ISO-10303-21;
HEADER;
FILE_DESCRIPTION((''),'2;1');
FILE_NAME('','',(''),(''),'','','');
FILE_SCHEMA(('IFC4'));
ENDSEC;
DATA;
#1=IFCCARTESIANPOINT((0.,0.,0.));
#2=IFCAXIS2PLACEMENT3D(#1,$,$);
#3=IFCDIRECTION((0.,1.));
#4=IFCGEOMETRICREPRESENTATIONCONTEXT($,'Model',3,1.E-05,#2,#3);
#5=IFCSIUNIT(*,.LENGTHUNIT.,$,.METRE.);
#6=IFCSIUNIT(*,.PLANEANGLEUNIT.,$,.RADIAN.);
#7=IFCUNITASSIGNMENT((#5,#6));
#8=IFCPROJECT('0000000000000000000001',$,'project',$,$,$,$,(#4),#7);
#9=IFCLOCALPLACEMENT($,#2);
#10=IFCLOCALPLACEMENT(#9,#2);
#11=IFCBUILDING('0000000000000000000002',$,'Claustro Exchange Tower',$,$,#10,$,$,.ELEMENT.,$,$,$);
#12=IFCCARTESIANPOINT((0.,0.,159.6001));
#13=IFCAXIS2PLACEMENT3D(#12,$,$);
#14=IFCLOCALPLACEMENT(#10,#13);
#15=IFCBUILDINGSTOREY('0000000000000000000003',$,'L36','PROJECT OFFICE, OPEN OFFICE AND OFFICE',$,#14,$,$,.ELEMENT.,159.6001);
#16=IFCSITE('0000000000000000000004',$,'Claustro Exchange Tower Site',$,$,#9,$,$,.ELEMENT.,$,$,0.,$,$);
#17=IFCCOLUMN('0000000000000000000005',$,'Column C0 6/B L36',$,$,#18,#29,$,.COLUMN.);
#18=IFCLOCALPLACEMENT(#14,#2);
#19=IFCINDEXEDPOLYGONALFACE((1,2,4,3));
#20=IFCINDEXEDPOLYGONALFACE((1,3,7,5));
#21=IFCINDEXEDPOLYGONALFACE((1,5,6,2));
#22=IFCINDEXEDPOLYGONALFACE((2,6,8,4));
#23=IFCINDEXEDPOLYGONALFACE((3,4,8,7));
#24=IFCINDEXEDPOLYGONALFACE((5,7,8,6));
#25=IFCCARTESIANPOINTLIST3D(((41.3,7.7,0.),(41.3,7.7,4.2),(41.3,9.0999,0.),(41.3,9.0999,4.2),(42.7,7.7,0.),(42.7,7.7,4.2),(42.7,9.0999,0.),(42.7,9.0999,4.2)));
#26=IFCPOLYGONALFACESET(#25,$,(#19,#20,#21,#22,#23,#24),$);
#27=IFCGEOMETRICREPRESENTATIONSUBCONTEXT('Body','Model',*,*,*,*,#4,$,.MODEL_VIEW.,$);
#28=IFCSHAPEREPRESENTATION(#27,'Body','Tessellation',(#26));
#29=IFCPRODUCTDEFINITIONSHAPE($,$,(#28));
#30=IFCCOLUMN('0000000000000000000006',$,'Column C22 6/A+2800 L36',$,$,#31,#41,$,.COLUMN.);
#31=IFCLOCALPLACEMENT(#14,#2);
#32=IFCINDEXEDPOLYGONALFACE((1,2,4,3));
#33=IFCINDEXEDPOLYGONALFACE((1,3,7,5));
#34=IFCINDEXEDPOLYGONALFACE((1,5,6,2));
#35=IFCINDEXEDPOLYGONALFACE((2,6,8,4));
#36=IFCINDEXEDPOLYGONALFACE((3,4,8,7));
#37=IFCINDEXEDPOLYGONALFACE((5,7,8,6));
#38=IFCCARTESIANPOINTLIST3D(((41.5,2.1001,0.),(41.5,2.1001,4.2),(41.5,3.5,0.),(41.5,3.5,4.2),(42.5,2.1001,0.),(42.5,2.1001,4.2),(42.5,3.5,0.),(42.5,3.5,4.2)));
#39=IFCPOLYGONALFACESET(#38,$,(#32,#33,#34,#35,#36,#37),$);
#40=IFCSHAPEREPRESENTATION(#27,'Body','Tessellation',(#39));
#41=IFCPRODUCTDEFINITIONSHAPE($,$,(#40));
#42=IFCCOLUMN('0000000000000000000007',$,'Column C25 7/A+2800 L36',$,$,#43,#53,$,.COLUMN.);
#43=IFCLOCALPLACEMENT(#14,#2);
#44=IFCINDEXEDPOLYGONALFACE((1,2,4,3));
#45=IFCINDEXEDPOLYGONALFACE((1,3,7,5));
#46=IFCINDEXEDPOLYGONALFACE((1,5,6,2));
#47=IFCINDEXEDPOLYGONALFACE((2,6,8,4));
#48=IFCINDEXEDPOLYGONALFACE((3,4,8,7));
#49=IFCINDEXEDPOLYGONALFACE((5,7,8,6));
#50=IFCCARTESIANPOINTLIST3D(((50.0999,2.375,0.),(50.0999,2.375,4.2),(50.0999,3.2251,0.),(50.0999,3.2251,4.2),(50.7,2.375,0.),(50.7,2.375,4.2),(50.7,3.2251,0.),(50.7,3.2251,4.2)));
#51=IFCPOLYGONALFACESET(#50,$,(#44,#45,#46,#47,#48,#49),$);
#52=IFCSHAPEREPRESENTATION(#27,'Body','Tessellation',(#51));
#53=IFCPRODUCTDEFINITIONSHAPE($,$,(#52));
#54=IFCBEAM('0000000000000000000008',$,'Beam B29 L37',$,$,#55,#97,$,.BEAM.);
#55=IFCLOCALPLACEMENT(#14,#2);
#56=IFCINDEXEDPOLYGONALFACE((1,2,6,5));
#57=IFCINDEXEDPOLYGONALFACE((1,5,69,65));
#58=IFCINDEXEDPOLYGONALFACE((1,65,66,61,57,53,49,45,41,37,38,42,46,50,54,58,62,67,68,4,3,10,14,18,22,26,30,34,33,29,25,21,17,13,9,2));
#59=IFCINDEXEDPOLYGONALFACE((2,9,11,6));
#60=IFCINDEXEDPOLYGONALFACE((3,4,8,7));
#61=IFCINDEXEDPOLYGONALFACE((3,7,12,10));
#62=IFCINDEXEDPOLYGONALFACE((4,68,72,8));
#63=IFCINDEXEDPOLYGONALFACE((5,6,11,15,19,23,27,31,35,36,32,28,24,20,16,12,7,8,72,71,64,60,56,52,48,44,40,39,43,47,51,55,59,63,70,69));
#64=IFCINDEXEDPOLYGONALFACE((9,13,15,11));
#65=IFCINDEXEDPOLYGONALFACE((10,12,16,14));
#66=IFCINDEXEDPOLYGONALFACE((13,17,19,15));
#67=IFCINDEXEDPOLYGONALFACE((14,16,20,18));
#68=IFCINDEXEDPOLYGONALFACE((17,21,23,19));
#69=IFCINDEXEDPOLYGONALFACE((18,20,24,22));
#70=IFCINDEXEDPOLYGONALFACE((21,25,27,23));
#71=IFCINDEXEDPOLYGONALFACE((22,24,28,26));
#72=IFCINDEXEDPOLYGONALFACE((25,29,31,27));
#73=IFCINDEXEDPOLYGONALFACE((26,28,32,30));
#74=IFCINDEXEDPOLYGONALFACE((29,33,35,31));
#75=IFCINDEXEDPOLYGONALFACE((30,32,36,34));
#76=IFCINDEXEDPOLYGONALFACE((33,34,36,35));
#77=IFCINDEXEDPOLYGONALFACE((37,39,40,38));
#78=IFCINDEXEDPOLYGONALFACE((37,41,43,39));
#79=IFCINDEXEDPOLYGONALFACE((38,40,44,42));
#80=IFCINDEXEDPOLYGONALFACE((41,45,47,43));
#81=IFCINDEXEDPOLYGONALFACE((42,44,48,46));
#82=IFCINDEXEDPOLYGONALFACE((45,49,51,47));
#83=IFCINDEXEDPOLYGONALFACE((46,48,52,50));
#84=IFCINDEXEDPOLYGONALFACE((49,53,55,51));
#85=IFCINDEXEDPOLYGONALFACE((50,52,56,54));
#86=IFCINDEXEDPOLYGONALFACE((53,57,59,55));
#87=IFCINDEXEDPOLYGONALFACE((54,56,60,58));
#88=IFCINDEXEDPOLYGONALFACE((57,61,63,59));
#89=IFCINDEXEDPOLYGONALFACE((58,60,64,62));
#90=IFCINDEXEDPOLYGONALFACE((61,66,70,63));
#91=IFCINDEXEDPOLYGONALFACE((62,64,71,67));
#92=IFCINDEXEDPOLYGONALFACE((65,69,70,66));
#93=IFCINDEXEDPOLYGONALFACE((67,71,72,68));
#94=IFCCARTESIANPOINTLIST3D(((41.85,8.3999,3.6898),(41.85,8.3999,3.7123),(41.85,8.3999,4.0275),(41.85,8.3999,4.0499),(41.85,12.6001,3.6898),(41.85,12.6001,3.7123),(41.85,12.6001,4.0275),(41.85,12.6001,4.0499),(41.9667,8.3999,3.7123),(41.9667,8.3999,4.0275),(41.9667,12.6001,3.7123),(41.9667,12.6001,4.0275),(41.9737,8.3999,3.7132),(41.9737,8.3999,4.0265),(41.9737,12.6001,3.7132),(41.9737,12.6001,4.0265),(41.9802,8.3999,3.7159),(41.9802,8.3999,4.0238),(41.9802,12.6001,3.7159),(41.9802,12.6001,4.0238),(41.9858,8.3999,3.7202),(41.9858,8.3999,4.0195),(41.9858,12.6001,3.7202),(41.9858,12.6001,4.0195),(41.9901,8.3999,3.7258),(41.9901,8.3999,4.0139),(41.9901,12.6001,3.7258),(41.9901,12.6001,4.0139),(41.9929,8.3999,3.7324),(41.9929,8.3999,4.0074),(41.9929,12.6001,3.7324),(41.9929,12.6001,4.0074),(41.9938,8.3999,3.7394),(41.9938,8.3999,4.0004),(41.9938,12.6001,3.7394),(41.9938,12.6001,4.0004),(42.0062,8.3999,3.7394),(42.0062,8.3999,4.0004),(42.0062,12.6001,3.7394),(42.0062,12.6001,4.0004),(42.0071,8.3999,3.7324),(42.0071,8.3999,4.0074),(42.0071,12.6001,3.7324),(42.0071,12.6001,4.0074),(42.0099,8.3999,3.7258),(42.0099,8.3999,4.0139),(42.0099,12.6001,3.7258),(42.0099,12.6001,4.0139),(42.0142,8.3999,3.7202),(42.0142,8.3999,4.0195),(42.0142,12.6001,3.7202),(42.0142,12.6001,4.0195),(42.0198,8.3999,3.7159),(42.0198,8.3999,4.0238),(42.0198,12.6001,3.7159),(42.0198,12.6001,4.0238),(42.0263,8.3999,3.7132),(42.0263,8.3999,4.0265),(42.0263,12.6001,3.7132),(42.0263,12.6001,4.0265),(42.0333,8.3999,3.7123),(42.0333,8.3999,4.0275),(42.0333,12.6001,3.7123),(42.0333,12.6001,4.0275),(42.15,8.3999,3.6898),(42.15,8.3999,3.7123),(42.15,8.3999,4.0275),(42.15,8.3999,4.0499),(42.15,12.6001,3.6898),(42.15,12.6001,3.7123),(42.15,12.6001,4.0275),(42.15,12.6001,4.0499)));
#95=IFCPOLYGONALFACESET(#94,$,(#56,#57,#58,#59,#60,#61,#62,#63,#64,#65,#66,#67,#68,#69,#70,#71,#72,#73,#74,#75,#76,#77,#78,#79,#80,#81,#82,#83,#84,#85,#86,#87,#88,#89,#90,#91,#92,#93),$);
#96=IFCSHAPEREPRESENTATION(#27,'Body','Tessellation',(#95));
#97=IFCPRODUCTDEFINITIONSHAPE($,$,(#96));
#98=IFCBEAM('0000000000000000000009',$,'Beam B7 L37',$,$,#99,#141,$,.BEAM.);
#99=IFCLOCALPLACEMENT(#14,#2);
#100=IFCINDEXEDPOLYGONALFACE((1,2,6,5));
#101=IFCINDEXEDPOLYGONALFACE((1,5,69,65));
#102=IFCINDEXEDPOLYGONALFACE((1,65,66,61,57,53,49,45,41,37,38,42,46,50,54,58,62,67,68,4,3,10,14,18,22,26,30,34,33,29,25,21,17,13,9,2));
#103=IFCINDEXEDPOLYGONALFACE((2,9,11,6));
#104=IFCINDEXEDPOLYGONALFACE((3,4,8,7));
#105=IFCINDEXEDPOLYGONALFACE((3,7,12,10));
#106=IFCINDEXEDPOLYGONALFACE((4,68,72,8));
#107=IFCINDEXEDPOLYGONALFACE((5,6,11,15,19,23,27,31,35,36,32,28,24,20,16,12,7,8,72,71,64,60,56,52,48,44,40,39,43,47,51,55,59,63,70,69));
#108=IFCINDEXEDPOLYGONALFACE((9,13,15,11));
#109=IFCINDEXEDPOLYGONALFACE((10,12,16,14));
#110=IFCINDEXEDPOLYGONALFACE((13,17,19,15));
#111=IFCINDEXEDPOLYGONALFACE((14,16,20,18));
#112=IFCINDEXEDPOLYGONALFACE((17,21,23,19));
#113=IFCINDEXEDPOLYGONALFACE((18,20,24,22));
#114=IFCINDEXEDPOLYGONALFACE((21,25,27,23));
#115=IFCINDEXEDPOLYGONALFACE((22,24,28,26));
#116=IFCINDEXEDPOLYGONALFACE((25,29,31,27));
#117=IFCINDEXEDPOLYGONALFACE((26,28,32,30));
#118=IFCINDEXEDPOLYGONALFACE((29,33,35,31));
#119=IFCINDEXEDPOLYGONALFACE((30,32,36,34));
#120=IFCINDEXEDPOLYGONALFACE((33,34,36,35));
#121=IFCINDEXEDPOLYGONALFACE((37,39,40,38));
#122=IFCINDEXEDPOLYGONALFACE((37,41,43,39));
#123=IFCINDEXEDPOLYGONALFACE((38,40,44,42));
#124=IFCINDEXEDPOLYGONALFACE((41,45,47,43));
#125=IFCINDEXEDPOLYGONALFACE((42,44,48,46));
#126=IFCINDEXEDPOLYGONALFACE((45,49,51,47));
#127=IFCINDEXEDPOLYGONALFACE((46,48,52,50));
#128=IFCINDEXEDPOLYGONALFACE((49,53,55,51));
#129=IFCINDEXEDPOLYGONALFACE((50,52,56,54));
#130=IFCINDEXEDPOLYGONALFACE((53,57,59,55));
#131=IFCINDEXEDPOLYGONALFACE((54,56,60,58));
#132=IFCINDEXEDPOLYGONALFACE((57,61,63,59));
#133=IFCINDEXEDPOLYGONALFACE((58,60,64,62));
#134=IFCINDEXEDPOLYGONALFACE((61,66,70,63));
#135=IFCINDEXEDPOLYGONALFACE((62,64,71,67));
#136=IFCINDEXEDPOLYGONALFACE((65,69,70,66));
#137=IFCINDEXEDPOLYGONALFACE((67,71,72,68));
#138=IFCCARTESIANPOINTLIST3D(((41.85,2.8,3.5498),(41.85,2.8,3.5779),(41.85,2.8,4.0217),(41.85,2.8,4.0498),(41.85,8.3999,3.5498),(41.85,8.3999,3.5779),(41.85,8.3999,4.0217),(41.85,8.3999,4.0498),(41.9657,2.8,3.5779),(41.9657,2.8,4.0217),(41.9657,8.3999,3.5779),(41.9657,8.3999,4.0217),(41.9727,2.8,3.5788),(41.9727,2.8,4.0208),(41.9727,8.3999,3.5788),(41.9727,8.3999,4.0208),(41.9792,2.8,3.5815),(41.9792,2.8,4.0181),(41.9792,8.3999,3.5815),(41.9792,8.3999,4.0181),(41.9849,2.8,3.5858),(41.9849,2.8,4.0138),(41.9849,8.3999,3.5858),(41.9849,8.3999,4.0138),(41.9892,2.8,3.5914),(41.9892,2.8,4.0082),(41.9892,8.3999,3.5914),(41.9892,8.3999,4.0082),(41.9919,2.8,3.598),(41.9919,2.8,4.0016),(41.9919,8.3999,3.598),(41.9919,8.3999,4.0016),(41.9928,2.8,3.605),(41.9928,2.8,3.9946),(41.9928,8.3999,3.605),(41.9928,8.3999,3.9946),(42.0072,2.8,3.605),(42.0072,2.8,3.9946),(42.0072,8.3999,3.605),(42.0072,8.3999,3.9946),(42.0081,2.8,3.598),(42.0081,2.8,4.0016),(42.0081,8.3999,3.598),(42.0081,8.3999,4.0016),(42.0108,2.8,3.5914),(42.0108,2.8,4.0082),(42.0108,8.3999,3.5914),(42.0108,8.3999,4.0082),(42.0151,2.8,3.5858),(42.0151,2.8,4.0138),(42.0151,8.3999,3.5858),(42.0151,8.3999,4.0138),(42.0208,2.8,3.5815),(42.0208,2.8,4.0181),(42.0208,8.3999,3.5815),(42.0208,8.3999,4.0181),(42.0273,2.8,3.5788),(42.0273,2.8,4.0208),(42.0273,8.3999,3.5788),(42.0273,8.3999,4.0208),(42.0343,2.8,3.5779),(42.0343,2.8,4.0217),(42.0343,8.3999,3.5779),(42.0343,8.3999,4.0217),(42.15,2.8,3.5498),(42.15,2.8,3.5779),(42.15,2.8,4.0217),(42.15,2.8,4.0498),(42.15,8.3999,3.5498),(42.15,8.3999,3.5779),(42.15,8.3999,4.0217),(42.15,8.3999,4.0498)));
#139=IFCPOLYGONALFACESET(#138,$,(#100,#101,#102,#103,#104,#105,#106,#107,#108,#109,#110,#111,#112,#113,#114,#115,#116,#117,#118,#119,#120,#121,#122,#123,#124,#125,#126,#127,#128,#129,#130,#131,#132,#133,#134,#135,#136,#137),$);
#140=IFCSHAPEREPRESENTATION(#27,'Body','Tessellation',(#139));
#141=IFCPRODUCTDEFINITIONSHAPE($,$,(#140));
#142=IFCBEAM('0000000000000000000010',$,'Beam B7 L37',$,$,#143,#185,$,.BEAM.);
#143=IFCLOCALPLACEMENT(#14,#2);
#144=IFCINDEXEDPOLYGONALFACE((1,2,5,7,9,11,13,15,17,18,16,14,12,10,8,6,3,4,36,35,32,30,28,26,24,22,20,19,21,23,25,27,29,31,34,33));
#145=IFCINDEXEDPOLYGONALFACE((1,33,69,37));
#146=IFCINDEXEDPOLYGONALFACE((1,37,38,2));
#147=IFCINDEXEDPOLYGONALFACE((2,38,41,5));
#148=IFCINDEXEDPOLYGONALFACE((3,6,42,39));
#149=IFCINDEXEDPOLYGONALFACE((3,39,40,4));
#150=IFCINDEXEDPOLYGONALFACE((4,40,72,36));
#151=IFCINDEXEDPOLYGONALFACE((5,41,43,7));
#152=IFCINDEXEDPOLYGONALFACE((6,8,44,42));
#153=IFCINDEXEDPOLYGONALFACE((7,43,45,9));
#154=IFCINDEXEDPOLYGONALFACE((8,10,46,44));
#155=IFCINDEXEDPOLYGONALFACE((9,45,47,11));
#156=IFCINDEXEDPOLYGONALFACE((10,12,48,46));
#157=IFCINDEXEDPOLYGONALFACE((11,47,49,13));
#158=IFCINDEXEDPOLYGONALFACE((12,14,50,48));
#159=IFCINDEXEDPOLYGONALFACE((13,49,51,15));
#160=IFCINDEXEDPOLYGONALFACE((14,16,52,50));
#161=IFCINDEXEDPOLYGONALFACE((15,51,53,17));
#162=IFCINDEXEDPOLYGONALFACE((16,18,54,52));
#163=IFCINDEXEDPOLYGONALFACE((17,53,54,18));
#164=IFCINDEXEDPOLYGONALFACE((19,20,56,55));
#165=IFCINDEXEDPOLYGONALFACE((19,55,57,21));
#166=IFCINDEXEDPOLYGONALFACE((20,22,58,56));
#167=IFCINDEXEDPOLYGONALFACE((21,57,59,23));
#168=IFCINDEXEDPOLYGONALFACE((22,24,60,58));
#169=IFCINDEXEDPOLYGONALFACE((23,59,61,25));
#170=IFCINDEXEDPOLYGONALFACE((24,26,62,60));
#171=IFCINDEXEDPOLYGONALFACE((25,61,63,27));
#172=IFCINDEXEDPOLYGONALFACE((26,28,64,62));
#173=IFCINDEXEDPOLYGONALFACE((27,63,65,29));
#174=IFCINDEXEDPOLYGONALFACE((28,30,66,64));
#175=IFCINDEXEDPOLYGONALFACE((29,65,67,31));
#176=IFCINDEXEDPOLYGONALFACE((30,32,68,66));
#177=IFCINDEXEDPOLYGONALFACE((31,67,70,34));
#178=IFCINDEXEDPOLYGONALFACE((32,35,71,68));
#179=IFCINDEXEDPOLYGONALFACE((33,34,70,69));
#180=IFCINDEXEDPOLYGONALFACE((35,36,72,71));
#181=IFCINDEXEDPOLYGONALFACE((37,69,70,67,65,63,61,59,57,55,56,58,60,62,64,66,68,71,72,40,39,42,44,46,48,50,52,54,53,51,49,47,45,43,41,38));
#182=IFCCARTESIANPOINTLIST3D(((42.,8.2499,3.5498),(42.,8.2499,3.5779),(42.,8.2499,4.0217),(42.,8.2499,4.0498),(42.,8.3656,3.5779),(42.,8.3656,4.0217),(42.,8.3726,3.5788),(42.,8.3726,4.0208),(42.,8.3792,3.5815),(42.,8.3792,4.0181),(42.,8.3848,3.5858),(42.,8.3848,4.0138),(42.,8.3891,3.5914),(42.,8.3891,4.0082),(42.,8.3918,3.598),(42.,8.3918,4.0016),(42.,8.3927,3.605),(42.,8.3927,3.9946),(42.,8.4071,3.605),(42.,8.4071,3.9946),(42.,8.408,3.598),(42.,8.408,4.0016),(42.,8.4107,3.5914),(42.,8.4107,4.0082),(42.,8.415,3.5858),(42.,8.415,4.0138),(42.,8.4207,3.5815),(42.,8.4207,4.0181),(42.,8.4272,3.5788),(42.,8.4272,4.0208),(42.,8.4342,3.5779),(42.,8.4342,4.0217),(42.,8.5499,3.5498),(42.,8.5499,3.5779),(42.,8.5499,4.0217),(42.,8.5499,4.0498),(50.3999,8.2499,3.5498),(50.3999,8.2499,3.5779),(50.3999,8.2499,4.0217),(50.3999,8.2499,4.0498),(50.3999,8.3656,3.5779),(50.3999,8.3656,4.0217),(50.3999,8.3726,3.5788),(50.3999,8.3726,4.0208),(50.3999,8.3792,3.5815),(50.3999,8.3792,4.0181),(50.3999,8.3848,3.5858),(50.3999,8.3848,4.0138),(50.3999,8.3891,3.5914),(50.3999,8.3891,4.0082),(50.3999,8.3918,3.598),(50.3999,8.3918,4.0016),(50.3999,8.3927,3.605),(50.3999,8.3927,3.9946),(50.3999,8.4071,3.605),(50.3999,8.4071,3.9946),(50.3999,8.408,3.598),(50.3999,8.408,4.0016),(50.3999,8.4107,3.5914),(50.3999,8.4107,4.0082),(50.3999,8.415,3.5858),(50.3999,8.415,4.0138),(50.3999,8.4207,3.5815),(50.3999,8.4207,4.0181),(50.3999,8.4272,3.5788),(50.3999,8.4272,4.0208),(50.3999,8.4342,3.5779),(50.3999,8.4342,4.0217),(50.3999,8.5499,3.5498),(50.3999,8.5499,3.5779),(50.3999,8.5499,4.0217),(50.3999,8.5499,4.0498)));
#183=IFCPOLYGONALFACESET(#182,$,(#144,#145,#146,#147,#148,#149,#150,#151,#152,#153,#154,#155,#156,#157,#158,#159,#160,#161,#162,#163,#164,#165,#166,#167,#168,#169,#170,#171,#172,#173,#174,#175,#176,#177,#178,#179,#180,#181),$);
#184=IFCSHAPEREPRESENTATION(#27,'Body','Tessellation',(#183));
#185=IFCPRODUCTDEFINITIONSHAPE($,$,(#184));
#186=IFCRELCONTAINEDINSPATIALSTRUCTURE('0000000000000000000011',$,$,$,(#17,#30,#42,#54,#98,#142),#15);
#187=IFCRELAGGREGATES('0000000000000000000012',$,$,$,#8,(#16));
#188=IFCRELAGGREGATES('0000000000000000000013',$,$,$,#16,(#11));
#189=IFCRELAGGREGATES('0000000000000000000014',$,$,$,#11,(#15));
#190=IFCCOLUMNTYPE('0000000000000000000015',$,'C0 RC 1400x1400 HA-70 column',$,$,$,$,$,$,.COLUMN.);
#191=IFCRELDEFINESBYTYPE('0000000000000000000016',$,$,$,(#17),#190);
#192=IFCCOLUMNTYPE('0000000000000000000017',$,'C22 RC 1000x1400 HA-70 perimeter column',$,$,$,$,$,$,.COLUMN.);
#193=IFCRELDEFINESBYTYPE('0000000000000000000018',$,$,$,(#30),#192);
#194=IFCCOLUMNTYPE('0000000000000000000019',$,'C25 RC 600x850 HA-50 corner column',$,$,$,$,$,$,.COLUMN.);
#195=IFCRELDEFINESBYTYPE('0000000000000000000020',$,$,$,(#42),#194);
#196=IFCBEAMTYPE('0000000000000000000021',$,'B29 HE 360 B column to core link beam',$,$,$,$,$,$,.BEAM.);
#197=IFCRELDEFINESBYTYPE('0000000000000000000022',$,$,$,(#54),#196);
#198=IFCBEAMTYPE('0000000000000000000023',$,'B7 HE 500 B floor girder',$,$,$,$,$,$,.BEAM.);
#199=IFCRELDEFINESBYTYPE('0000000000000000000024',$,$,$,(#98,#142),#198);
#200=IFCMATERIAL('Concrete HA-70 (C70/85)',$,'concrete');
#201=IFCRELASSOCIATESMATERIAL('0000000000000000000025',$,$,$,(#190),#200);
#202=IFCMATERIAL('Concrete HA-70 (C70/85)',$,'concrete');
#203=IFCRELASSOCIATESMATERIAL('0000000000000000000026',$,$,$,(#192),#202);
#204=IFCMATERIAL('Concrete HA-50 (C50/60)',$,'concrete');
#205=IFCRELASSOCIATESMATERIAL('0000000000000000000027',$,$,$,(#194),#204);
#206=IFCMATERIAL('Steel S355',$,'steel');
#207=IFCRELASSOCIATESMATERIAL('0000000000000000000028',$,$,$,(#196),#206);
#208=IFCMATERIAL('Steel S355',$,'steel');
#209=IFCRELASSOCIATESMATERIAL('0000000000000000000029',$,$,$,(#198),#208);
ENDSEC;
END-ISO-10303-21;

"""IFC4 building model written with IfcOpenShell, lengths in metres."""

from ifc_helpers import new_model, si_unit, direction, frame, origin, origin_2d, place, context, subcontext, project, spatial, rectangle, i_section, extrude, material, material_profile, profile_set, type_object, element, save


model = new_model("IFC4")

# Units and contexts
model_context = context("Model", 3, precision=1e-05, world=origin(), true_north=direction((0.0, 1.0)))
body_context = subcontext(model_context, "Body", "Model", "MODEL_VIEW")
ifc_project = project(units=[si_unit("LENGTHUNIT", "METRE"), si_unit("PLANEANGLEUNIT", "RADIAN")], contexts=[model_context])

# Site, building, storey
site_placement = place(None, origin())
site = spatial("IfcSite", under=ifc_project, at=site_placement, Name="Claustro Exchange Tower Site", CompositionType="ELEMENT", RefElevation=0.0)
building_placement = place(site_placement, origin())
building = spatial("IfcBuilding", under=site, at=building_placement, Name="Claustro Exchange Tower", CompositionType="ELEMENT")
storey_placement = place(building_placement, frame((0.0, 0.0, 159.6001)))
storey = spatial("IfcBuildingStorey", under=building, at=storey_placement, Name="L36", Description="PROJECT OFFICE, OPEN OFFICE AND OFFICE", CompositionType="ELEMENT", Elevation=159.6001)

# Columns
ifc_material_1 = material(Name="Concrete HA-70 (C70/85)", Category="concrete")
ifc_material_profile_1 = material_profile(ifc_material_1, rectangle(XDim=1.3999, YDim=1.3999, at=origin_2d()), Name="RC 1400x1400")
ifc_profile_set_1 = profile_set([ifc_material_profile_1], Name="Concrete HA-70 (C70/85)")
column_type_1 = type_object("IfcColumnType", Name="C0 RC 1400x1400 HA-70 column", PredefinedType="COLUMN", material=ifc_profile_set_1)
column_1_placement = place(storey_placement, frame((42.0, 8.3999, 0.0), z_axis=(0.0, 0.0, 1.0), x_axis=(1.0, 0.0, 0.0)))
element("IfcColumn", 1, at=column_1_placement, inside=storey, type_object=column_type_1, Name="Column C0 6/B L36", PredefinedType="COLUMN", context=body_context, shape_type="SweptSolid", body=[
    extrude(rectangle(XDim=1.3999, YDim=1.3999, at=origin_2d()), origin(), (0.0, 0.0, 1.0), 4.2),
])
ifc_material_2 = material(Name="Concrete HA-70 (C70/85)", Category="concrete")
ifc_material_profile_2 = material_profile(ifc_material_2, rectangle(XDim=1.0, YDim=1.3999, at=origin_2d()), Name="RC 1000x1400")
ifc_profile_set_2 = profile_set([ifc_material_profile_2], Name="Concrete HA-70 (C70/85)")
column_type_2 = type_object("IfcColumnType", Name="C22 RC 1000x1400 HA-70 perimeter column", PredefinedType="COLUMN", material=ifc_profile_set_2)
column_2_placement = place(storey_placement, frame((42.0, 2.8, 0.0), z_axis=(0.0, 0.0, 1.0), x_axis=(1.0, 0.0, 0.0)))
element("IfcColumn", 2, at=column_2_placement, inside=storey, type_object=column_type_2, Name="Column C22 6/A+2800 L36", PredefinedType="COLUMN", context=body_context, shape_type="SweptSolid", body=[
    extrude(rectangle(XDim=1.0, YDim=1.3999, at=origin_2d()), origin(), (0.0, 0.0, 1.0), 4.2),
])
ifc_material_3 = material(Name="Concrete HA-50 (C50/60)", Category="concrete")
ifc_material_profile_3 = material_profile(ifc_material_3, rectangle(XDim=0.6001, YDim=0.8501, at=origin_2d()), Name="RC 600x850")
ifc_profile_set_3 = profile_set([ifc_material_profile_3], Name="Concrete HA-50 (C50/60)")
column_type_3 = type_object("IfcColumnType", Name="C25 RC 600x850 HA-50 corner column", PredefinedType="COLUMN", material=ifc_profile_set_3)
column_3_placement = place(storey_placement, frame((50.3999, 2.8, 0.0), z_axis=(0.0, 0.0, 1.0), x_axis=(1.0, 0.0, 0.0)))
element("IfcColumn", 3, at=column_3_placement, inside=storey, type_object=column_type_3, Name="Column C25 7/A+2800 L36", PredefinedType="COLUMN", context=body_context, shape_type="SweptSolid", body=[
    extrude(rectangle(XDim=0.6001, YDim=0.8501, at=origin_2d()), origin(), (0.0, 0.0, 1.0), 4.2),
])

# Beams
ifc_material_4 = material(Name="Steel S355", Category="steel")
ifc_material_profile_4 = material_profile(ifc_material_4, i_section(OverallWidth=0.3, OverallDepth=0.3601, WebThickness=0.0125, FlangeThickness=0.0225, FilletRadius=0.0271, at=origin_2d()), Name="HE 360 B")
ifc_profile_set_4 = profile_set([ifc_material_profile_4], Name="Steel S355")
beam_type_1 = type_object("IfcBeamType", Name="B29 HE 360 B column to core link beam", PredefinedType="BEAM", material=ifc_profile_set_4)
beam_1_placement = place(storey_placement, frame((42.0, 8.3999, 3.8699), z_axis=(0.0, 1.0, 0.0), x_axis=(-1.0, 0.0, 0.0)))
element("IfcBeam", 4, at=beam_1_placement, inside=storey, type_object=beam_type_1, Name="Beam B29 L37", PredefinedType="BEAM", context=body_context, shape_type="SweptSolid", body=[
    extrude(i_section(OverallWidth=0.3, OverallDepth=0.3601, WebThickness=0.0125, FlangeThickness=0.0225, FilletRadius=0.0271, at=origin_2d()), origin(), (0.0, 0.0, 1.0), 4.2002),
])
ifc_material_5 = material(Name="Steel S355", Category="steel")
ifc_material_profile_5 = material_profile(ifc_material_5, i_section(OverallWidth=0.3, OverallDepth=0.5, WebThickness=0.0144, FlangeThickness=0.0281, FilletRadius=0.0271, at=origin_2d()), Name="HE 500 B")
ifc_profile_set_5 = profile_set([ifc_material_profile_5], Name="Steel S355")
beam_type_2 = type_object("IfcBeamType", Name="B7 HE 500 B floor girder", PredefinedType="BEAM", material=ifc_profile_set_5)
beam_2_placement = place(storey_placement, frame((42.0, 2.8, 3.7998), z_axis=(0.0, 1.0, 0.0), x_axis=(-1.0, 0.0, 0.0)))
element("IfcBeam", 5, at=beam_2_placement, inside=storey, type_object=beam_type_2, Name="Beam B7 L37", PredefinedType="BEAM", context=body_context, shape_type="SweptSolid", body=[
    extrude(i_section(OverallWidth=0.3, OverallDepth=0.5, WebThickness=0.0144, FlangeThickness=0.0281, FilletRadius=0.0271, at=origin_2d()), origin(), (0.0, 0.0, 1.0), 5.5999),
])
beam_3_placement = place(storey_placement, frame((42.0, 8.3999, 3.7998), z_axis=(1.0, 0.0, 0.0), x_axis=(0.0, 1.0, 0.0)))
element("IfcBeam", 6, at=beam_3_placement, inside=storey, type_object=beam_type_2, Name="Beam B7 L37", PredefinedType="BEAM", context=body_context, shape_type="SweptSolid", body=[
    extrude(i_section(OverallWidth=0.3, OverallDepth=0.5, WebThickness=0.0144, FlangeThickness=0.0281, FilletRadius=0.0271, at=origin_2d()), origin(), (0.0, 0.0, 1.0), 8.3999),
])

save(model, "model.ifc")
